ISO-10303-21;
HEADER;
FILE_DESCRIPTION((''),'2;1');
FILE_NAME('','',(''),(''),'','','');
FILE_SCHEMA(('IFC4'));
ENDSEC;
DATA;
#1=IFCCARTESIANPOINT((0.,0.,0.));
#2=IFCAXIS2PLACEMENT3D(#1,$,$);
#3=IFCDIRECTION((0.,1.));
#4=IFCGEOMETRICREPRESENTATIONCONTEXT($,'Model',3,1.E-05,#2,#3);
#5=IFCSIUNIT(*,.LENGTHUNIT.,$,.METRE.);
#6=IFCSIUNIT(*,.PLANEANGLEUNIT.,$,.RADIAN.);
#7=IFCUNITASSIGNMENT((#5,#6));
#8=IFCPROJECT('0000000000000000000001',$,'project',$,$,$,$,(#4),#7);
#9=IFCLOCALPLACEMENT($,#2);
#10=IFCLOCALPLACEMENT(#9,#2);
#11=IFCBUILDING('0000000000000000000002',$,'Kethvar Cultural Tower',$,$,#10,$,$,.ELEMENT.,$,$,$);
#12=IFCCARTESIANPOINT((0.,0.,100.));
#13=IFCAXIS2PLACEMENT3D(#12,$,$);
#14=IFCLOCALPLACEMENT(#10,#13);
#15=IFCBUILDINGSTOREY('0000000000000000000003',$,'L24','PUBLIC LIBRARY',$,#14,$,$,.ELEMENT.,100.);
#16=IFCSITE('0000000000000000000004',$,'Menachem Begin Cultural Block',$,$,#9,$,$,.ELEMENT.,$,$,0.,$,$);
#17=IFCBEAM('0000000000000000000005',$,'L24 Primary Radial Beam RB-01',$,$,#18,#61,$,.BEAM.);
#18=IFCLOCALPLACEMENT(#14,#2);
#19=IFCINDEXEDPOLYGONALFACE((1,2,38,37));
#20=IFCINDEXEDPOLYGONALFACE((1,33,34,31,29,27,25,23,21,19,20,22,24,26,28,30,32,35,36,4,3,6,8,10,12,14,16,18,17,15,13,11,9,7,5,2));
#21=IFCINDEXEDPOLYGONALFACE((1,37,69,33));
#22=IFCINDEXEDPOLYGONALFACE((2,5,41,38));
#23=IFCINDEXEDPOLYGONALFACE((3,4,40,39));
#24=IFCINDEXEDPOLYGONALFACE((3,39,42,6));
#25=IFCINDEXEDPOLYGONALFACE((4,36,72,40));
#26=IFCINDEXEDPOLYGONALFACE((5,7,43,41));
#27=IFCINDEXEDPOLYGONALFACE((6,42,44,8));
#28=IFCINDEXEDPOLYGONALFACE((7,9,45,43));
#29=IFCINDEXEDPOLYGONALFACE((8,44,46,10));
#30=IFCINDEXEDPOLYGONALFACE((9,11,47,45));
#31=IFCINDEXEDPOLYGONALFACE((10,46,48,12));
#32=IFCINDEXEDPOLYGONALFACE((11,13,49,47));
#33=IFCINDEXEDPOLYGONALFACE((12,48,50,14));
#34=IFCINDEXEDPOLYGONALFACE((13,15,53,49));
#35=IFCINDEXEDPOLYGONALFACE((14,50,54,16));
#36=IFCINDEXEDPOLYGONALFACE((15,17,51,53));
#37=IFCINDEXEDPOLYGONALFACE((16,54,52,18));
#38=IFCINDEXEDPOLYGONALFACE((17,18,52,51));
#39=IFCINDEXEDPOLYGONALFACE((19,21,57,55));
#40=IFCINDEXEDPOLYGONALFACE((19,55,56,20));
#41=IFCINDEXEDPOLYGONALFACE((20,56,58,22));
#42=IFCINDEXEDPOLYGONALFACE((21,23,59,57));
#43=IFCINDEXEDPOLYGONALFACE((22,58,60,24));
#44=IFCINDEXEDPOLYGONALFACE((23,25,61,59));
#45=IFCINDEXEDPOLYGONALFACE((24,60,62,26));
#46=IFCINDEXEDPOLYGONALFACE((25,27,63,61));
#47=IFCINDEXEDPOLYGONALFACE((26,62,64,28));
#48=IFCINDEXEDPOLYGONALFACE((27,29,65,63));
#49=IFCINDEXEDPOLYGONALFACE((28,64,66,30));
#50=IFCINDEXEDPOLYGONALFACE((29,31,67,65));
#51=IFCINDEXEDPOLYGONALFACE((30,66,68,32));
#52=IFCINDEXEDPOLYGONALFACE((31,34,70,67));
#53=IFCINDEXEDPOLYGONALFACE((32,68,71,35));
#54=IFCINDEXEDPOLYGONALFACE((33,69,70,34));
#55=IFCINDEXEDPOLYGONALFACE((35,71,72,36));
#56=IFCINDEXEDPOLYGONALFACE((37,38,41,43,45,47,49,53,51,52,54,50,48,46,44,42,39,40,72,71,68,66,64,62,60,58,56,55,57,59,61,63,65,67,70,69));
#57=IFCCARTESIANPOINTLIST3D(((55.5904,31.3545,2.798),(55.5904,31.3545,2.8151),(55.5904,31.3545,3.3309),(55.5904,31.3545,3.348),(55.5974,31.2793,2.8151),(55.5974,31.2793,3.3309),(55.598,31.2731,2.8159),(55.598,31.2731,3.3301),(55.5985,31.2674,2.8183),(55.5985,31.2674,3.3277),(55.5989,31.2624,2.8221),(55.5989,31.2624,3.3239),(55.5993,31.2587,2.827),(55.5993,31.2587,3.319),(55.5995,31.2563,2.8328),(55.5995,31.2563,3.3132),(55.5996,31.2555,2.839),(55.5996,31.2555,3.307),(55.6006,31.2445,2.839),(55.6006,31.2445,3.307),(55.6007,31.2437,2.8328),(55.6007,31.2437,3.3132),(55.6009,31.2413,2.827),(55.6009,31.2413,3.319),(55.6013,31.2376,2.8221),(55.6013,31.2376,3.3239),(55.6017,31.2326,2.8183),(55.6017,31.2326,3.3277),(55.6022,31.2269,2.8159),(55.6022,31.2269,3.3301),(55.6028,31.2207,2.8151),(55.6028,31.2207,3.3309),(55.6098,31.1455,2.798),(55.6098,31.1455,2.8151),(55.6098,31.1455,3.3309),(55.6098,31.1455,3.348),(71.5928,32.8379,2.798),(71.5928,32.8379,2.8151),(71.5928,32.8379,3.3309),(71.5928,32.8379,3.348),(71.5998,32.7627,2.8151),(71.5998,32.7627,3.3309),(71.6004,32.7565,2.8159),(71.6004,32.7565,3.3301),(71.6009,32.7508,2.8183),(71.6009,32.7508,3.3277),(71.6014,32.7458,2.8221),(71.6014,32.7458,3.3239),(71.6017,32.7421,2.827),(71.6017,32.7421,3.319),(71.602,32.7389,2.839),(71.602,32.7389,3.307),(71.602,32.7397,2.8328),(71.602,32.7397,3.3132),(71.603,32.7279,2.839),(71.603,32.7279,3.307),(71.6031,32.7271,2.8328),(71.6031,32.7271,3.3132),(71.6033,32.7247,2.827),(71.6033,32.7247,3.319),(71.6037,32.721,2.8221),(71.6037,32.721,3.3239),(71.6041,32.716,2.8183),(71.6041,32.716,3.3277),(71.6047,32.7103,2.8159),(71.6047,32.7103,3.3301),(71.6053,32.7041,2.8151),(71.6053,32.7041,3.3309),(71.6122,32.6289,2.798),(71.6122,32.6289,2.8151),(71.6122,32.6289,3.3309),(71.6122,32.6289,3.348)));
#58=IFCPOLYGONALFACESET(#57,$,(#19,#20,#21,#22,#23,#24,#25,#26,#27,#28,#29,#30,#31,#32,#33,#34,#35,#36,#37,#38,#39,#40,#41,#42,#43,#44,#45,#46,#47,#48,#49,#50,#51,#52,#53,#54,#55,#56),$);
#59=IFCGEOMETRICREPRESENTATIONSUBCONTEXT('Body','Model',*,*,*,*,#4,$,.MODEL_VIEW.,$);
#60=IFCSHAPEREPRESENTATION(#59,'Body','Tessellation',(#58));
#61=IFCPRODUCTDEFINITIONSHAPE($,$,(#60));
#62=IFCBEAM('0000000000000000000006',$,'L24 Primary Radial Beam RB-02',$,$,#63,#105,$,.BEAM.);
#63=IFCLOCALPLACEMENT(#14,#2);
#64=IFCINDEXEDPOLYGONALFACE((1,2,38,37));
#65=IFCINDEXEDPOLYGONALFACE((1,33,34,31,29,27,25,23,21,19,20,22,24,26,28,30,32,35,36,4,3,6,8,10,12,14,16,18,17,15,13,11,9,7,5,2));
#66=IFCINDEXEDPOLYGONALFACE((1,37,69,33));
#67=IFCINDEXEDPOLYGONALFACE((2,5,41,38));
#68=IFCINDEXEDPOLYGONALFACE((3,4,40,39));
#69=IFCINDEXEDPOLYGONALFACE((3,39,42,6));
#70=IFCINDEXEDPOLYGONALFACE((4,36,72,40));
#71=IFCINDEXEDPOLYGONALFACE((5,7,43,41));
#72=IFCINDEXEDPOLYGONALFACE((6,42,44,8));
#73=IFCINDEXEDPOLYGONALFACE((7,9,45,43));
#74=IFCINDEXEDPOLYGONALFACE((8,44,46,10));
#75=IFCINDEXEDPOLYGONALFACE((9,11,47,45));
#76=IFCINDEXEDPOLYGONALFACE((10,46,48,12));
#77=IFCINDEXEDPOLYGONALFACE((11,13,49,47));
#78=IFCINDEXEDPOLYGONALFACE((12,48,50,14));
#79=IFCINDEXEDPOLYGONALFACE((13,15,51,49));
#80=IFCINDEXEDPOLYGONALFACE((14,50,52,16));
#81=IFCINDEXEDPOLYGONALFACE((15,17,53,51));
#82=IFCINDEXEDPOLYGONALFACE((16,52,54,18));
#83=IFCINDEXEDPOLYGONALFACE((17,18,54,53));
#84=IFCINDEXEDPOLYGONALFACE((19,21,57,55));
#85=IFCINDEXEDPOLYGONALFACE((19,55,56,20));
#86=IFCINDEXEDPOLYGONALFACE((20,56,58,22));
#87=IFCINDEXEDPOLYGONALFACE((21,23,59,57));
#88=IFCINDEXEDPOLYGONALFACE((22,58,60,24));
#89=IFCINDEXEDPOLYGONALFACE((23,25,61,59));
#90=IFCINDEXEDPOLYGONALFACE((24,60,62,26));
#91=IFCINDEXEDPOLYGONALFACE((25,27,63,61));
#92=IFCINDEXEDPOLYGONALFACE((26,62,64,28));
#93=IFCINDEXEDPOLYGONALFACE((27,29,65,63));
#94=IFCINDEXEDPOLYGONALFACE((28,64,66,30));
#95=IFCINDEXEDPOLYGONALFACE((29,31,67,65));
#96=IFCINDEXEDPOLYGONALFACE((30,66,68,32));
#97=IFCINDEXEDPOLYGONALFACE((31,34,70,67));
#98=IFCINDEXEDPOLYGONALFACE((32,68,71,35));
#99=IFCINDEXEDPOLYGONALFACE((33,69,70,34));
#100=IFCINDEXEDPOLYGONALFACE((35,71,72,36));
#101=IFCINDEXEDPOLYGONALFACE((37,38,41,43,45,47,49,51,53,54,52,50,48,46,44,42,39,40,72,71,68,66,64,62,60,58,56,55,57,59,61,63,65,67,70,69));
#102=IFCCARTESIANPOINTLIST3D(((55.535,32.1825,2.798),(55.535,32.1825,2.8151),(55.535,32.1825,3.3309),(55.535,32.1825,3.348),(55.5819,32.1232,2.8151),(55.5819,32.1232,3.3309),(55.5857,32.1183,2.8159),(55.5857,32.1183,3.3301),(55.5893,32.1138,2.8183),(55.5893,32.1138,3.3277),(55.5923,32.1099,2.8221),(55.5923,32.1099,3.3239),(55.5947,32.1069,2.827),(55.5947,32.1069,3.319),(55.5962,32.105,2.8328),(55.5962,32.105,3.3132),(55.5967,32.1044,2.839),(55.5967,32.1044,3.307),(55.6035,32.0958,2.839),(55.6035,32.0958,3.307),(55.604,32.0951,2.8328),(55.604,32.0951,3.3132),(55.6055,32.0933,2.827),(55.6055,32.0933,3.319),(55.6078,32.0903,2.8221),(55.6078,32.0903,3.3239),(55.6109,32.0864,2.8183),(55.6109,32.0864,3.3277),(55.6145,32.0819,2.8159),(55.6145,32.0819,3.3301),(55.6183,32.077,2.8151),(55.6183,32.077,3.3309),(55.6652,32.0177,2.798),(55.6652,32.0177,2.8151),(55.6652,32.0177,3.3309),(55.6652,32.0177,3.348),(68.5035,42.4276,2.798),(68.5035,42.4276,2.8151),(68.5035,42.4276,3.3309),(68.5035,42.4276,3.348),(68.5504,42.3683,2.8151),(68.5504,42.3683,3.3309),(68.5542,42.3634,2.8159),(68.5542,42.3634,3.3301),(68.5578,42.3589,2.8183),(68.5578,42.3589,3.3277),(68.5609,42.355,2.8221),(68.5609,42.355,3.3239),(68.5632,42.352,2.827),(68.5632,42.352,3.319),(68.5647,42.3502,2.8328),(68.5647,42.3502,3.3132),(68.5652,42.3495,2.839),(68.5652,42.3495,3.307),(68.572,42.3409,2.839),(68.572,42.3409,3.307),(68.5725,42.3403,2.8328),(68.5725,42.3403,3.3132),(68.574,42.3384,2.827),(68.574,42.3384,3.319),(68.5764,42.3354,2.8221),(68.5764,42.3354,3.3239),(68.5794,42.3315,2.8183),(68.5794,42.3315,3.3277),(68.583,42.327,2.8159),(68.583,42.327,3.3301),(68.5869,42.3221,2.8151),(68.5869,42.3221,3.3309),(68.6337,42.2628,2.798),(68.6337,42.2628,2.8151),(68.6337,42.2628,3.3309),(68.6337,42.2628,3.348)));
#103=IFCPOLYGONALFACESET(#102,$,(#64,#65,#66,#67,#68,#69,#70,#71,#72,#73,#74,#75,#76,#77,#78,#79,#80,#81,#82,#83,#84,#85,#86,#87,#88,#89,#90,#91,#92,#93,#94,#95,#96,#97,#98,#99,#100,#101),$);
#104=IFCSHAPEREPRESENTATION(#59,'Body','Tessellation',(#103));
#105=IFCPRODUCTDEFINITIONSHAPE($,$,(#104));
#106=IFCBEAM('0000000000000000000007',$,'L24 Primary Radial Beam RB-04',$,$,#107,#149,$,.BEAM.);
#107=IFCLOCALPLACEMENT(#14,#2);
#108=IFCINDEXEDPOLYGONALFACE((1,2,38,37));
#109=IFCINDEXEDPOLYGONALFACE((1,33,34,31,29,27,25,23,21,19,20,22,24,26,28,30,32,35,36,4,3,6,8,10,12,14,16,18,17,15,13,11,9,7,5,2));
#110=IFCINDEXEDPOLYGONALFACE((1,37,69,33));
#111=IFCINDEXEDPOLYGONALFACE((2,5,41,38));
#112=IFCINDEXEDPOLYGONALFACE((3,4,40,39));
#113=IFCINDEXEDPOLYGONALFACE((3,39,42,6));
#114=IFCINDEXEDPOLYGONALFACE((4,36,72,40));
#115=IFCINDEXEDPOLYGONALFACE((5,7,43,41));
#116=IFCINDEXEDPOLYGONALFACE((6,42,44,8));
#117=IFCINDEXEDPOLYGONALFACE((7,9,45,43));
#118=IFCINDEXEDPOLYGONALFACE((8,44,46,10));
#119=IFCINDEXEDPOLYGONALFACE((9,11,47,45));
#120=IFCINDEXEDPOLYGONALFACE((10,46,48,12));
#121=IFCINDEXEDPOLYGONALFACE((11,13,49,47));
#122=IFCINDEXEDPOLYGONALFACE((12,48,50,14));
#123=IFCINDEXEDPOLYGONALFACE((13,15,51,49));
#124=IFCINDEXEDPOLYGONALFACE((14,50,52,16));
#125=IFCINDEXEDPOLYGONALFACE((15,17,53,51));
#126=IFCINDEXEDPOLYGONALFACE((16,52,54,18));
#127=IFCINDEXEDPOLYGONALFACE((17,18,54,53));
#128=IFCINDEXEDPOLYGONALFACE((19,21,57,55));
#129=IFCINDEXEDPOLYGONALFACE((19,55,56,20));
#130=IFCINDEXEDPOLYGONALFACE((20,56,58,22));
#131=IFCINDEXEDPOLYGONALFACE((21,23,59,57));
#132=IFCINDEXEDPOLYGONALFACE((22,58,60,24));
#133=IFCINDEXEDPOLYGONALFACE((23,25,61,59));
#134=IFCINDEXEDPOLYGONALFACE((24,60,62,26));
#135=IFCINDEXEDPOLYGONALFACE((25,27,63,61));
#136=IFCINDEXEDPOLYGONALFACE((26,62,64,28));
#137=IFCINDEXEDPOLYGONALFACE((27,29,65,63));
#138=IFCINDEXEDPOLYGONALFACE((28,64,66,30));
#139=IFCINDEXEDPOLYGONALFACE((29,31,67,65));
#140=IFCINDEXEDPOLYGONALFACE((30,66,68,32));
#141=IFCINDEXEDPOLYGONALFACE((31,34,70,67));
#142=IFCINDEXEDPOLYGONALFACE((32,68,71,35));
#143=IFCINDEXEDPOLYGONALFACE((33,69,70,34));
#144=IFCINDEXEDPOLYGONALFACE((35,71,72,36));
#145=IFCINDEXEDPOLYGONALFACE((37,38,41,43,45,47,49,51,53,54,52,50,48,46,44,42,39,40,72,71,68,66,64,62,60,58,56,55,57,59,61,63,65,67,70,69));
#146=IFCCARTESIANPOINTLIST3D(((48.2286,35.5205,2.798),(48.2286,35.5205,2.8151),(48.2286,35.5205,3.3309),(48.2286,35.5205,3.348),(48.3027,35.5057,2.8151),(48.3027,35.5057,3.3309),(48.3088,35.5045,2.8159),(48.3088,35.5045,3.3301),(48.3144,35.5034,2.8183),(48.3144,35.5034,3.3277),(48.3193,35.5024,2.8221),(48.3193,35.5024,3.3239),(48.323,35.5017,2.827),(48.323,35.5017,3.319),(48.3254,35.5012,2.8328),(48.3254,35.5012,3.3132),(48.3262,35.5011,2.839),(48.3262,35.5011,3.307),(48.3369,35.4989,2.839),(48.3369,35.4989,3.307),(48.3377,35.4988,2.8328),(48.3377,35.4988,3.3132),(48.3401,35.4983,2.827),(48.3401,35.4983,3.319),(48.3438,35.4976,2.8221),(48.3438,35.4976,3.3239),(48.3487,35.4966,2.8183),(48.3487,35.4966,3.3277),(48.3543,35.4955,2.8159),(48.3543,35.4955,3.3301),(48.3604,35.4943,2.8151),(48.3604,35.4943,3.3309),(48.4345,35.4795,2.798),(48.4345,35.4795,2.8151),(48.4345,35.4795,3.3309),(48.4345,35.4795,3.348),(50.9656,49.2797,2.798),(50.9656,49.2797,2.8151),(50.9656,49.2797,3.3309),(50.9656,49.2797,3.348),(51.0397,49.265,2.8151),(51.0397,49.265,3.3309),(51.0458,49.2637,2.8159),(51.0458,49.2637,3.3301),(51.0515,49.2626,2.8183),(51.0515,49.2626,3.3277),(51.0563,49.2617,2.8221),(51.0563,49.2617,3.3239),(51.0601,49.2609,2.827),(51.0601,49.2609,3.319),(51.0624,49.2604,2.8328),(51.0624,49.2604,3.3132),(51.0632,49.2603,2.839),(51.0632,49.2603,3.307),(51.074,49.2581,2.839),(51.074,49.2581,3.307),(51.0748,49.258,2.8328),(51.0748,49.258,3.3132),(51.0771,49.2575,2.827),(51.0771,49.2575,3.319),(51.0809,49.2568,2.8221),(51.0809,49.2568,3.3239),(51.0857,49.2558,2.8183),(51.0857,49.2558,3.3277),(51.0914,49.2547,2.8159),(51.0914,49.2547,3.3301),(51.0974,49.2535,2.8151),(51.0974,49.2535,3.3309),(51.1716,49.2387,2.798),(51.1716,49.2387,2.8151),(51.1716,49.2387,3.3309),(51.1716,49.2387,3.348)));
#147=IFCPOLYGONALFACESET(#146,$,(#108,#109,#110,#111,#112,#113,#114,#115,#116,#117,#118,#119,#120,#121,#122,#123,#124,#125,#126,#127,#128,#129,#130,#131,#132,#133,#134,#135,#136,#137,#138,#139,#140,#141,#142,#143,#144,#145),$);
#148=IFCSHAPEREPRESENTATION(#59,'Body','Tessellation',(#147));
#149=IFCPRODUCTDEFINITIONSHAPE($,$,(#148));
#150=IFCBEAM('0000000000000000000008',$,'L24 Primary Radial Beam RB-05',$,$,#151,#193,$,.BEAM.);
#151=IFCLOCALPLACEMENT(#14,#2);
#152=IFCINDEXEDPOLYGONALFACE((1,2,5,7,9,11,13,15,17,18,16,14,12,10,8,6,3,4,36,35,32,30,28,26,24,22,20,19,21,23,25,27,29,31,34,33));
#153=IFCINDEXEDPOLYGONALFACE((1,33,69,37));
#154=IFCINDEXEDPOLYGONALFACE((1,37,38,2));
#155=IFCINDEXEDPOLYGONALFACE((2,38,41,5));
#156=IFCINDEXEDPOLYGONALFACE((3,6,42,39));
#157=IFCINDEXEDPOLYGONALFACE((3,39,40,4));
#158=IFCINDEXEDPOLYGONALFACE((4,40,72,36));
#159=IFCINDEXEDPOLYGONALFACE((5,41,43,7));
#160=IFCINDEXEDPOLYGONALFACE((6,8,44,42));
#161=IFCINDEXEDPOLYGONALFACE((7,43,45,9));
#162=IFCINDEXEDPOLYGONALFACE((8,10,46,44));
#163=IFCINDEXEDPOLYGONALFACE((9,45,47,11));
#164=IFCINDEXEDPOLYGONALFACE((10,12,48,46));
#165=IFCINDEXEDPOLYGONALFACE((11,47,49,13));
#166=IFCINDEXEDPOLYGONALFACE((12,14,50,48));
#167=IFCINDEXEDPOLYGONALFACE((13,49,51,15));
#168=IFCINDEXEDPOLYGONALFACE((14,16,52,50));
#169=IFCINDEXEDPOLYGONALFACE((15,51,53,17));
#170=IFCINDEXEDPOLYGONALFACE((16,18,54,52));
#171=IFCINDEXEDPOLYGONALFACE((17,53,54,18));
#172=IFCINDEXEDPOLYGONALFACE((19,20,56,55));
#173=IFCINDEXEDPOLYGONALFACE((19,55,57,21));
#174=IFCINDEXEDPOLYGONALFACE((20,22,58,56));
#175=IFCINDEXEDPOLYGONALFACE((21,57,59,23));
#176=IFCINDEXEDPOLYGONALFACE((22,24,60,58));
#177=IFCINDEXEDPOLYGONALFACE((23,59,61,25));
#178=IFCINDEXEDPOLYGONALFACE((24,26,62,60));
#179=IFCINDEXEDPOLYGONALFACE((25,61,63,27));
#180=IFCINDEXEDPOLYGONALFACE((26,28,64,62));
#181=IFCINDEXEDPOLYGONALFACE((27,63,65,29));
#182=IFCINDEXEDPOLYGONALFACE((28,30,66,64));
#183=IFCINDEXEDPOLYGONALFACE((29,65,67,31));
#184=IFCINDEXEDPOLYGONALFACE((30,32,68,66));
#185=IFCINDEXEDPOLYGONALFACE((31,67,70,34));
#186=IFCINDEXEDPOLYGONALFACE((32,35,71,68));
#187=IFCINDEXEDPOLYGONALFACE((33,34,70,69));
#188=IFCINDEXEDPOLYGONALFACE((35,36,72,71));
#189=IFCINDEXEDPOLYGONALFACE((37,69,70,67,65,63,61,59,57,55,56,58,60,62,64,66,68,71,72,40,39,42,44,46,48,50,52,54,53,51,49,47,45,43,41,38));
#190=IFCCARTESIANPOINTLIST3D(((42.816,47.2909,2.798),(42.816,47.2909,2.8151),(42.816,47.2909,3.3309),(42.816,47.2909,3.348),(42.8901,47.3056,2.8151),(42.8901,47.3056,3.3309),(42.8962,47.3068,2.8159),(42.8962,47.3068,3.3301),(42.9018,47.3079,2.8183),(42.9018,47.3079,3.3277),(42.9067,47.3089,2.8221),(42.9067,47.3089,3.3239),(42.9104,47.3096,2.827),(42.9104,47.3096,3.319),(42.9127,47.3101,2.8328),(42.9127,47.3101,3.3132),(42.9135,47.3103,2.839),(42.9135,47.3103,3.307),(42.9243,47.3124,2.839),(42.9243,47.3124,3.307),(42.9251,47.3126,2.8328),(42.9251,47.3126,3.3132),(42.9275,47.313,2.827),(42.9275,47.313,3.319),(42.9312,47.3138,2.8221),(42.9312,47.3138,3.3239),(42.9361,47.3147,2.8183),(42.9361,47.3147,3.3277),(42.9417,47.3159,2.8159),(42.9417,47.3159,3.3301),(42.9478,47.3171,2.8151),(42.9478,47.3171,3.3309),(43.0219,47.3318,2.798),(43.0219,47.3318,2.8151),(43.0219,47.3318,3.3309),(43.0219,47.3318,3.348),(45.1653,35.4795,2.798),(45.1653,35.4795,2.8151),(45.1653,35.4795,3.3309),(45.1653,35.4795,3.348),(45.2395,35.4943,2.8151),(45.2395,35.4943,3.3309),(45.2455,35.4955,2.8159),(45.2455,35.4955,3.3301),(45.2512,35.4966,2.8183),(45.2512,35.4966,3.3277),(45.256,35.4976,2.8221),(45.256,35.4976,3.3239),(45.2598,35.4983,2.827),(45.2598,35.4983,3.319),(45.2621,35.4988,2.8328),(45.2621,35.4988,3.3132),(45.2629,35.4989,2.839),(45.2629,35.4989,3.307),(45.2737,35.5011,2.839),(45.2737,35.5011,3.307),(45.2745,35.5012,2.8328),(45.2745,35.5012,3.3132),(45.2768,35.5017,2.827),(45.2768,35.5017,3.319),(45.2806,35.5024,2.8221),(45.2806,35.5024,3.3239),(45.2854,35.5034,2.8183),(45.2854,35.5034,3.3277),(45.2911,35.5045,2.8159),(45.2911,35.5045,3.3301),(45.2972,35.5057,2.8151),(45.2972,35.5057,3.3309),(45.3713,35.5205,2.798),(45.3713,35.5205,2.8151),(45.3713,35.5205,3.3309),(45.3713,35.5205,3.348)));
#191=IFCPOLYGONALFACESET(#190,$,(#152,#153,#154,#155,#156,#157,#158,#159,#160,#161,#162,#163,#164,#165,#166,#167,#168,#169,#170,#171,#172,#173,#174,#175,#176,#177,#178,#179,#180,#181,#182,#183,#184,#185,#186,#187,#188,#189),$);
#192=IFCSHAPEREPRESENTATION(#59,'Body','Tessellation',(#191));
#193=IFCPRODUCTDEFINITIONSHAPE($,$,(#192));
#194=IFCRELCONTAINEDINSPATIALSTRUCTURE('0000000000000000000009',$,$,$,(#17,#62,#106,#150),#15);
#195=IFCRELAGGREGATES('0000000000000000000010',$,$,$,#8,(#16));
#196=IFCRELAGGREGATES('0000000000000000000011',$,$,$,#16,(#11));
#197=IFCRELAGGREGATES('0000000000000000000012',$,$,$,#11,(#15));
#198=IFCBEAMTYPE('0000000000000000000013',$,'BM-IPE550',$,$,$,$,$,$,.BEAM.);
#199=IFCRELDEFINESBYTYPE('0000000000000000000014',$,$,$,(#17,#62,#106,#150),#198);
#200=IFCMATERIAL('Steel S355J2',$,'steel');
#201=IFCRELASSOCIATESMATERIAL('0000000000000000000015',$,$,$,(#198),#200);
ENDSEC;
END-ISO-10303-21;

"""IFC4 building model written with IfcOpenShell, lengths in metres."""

from ifc_helpers import new_model, si_unit, direction, frame, origin, origin_2d, place, context, subcontext, project, spatial, i_section, extrude, source, transform, mapped, material, material_profile, profile_set, type_object, element, save


model = new_model("IFC4")

# Units and contexts
model_context = context("Model", 3, precision=1e-05, world=origin(), true_north=direction((0.0, 1.0)))
body_context = subcontext(model_context, "Body", "Model", "MODEL_VIEW")
ifc_project = project(units=[si_unit("LENGTHUNIT", "METRE"), si_unit("PLANEANGLEUNIT", "RADIAN")], contexts=[model_context])

# Site, building, storey
site_placement = place(None, origin())
site = spatial("IfcSite", under=ifc_project, at=site_placement, Name="Menachem Begin Cultural Block", CompositionType="ELEMENT", RefElevation=0.0)
building_placement = place(site_placement, origin())
building = spatial("IfcBuilding", under=site, at=building_placement, Name="Kethvar Cultural Tower", CompositionType="ELEMENT")
storey_placement = place(building_placement, frame((0.0, 0.0, 100.0)))
storey = spatial("IfcBuildingStorey", under=building, at=storey_placement, Name="L24", Description="PUBLIC LIBRARY", CompositionType="ELEMENT", Elevation=100.0)

# Beams
ifc_material_1 = material(Name="Steel S355J2", Category="steel")
ifc_material_profile_1 = material_profile(ifc_material_1, i_section(OverallWidth=0.21, OverallDepth=0.55, WebThickness=0.011, FlangeThickness=0.0171, FilletRadius=0.0239, at=origin_2d()), Name="Steel S355J2 — IPE550")
ifc_profile_set_1 = profile_set([ifc_material_profile_1], Name="Steel S355J2 — IPE550")
beam_type_1 = type_object("IfcBeamType", Name="BM-IPE550", PredefinedType="BEAM", material=ifc_profile_set_1)
shared_shape_1 = source(origin(), body_context, "Body", "SweptSolid", [
    extrude(i_section(OverallWidth=0.21, OverallDepth=0.55, WebThickness=0.011, FlangeThickness=0.0171, FilletRadius=0.0239, at=origin_2d()), origin(), (0.0, 0.0, 1.0), 16.071),
])
beam_1_placement = place(storey_placement, frame((55.6001, 31.25, 3.073), z_axis=(0.995731, 0.092303, 0.0), x_axis=(-0.092303, 0.995731, 0.0)))
element("IfcBeam", 1, at=beam_1_placement, inside=storey, type_object=beam_type_1, Name="L24 Primary Radial Beam RB-01", PredefinedType="BEAM", context=body_context, shape_type="MappedRepresentation", body=[
    mapped(shared_shape_1, transform((0.0, 0.0, 0.0), scale=1.0)),
])
shared_shape_2 = source(origin(), body_context, "Body", "SweptSolid", [
    extrude(i_section(OverallWidth=0.21, OverallDepth=0.55, WebThickness=0.011, FlangeThickness=0.0171, FilletRadius=0.0239, at=origin_2d()), origin(), (0.0, 0.0, 1.0), 16.5271),
])
beam_2_placement = place(storey_placement, frame((55.6001, 32.1001, 3.073), z_axis=(0.784682, 0.619899, 0.0), x_axis=(-0.619899, 0.784682, 0.0)))
element("IfcBeam", 2, at=beam_2_placement, inside=storey, type_object=beam_type_1, Name="L24 Primary Radial Beam RB-02", PredefinedType="BEAM", context=body_context, shape_type="MappedRepresentation", body=[
    mapped(shared_shape_2, transform((0.0, 0.0, 0.0), scale=1.0)),
])
shared_shape_3 = source(origin(), body_context, "Body", "SweptSolid", [
    extrude(i_section(OverallWidth=0.21, OverallDepth=0.55, WebThickness=0.011, FlangeThickness=0.0171, FilletRadius=0.0239, at=origin_2d()), origin(), (0.0, 0.0, 1.0), 14.0288),
])
beam_3_placement = place(storey_placement, frame((48.3315, 35.5, 3.073), z_axis=(0.195102, 0.980783, 0.0), x_axis=(-0.980783, 0.195102, 0.0)))
element("IfcBeam", 3, at=beam_3_placement, inside=storey, type_object=beam_type_1, Name="L24 Primary Radial Beam RB-04", PredefinedType="BEAM", context=body_context, shape_type="MappedRepresentation", body=[
    mapped(shared_shape_3, transform((0.0, 0.0, 0.0), scale=1.0)),
])
shared_shape_4 = source(origin(), body_context, "Body", "SweptSolid", [
    extrude(i_section(OverallWidth=0.21, OverallDepth=0.55, WebThickness=0.011, FlangeThickness=0.0171, FilletRadius=0.0239, at=origin_2d()), origin(), (0.0, 0.0, 1.0), 12.0427),
])
beam_4_placement = place(storey_placement, frame((45.2683, 35.5, 3.073), z_axis=(-0.195087, 0.980786, 0.0), x_axis=(-0.980786, -0.195087, 0.0)))
element("IfcBeam", 4, at=beam_4_placement, inside=storey, type_object=beam_type_1, Name="L24 Primary Radial Beam RB-05", PredefinedType="BEAM", context=body_context, shape_type="MappedRepresentation", body=[
    mapped(shared_shape_4, transform((0.0, 0.0, 0.0), scale=1.0)),
])

save(model, "model.ifc")
